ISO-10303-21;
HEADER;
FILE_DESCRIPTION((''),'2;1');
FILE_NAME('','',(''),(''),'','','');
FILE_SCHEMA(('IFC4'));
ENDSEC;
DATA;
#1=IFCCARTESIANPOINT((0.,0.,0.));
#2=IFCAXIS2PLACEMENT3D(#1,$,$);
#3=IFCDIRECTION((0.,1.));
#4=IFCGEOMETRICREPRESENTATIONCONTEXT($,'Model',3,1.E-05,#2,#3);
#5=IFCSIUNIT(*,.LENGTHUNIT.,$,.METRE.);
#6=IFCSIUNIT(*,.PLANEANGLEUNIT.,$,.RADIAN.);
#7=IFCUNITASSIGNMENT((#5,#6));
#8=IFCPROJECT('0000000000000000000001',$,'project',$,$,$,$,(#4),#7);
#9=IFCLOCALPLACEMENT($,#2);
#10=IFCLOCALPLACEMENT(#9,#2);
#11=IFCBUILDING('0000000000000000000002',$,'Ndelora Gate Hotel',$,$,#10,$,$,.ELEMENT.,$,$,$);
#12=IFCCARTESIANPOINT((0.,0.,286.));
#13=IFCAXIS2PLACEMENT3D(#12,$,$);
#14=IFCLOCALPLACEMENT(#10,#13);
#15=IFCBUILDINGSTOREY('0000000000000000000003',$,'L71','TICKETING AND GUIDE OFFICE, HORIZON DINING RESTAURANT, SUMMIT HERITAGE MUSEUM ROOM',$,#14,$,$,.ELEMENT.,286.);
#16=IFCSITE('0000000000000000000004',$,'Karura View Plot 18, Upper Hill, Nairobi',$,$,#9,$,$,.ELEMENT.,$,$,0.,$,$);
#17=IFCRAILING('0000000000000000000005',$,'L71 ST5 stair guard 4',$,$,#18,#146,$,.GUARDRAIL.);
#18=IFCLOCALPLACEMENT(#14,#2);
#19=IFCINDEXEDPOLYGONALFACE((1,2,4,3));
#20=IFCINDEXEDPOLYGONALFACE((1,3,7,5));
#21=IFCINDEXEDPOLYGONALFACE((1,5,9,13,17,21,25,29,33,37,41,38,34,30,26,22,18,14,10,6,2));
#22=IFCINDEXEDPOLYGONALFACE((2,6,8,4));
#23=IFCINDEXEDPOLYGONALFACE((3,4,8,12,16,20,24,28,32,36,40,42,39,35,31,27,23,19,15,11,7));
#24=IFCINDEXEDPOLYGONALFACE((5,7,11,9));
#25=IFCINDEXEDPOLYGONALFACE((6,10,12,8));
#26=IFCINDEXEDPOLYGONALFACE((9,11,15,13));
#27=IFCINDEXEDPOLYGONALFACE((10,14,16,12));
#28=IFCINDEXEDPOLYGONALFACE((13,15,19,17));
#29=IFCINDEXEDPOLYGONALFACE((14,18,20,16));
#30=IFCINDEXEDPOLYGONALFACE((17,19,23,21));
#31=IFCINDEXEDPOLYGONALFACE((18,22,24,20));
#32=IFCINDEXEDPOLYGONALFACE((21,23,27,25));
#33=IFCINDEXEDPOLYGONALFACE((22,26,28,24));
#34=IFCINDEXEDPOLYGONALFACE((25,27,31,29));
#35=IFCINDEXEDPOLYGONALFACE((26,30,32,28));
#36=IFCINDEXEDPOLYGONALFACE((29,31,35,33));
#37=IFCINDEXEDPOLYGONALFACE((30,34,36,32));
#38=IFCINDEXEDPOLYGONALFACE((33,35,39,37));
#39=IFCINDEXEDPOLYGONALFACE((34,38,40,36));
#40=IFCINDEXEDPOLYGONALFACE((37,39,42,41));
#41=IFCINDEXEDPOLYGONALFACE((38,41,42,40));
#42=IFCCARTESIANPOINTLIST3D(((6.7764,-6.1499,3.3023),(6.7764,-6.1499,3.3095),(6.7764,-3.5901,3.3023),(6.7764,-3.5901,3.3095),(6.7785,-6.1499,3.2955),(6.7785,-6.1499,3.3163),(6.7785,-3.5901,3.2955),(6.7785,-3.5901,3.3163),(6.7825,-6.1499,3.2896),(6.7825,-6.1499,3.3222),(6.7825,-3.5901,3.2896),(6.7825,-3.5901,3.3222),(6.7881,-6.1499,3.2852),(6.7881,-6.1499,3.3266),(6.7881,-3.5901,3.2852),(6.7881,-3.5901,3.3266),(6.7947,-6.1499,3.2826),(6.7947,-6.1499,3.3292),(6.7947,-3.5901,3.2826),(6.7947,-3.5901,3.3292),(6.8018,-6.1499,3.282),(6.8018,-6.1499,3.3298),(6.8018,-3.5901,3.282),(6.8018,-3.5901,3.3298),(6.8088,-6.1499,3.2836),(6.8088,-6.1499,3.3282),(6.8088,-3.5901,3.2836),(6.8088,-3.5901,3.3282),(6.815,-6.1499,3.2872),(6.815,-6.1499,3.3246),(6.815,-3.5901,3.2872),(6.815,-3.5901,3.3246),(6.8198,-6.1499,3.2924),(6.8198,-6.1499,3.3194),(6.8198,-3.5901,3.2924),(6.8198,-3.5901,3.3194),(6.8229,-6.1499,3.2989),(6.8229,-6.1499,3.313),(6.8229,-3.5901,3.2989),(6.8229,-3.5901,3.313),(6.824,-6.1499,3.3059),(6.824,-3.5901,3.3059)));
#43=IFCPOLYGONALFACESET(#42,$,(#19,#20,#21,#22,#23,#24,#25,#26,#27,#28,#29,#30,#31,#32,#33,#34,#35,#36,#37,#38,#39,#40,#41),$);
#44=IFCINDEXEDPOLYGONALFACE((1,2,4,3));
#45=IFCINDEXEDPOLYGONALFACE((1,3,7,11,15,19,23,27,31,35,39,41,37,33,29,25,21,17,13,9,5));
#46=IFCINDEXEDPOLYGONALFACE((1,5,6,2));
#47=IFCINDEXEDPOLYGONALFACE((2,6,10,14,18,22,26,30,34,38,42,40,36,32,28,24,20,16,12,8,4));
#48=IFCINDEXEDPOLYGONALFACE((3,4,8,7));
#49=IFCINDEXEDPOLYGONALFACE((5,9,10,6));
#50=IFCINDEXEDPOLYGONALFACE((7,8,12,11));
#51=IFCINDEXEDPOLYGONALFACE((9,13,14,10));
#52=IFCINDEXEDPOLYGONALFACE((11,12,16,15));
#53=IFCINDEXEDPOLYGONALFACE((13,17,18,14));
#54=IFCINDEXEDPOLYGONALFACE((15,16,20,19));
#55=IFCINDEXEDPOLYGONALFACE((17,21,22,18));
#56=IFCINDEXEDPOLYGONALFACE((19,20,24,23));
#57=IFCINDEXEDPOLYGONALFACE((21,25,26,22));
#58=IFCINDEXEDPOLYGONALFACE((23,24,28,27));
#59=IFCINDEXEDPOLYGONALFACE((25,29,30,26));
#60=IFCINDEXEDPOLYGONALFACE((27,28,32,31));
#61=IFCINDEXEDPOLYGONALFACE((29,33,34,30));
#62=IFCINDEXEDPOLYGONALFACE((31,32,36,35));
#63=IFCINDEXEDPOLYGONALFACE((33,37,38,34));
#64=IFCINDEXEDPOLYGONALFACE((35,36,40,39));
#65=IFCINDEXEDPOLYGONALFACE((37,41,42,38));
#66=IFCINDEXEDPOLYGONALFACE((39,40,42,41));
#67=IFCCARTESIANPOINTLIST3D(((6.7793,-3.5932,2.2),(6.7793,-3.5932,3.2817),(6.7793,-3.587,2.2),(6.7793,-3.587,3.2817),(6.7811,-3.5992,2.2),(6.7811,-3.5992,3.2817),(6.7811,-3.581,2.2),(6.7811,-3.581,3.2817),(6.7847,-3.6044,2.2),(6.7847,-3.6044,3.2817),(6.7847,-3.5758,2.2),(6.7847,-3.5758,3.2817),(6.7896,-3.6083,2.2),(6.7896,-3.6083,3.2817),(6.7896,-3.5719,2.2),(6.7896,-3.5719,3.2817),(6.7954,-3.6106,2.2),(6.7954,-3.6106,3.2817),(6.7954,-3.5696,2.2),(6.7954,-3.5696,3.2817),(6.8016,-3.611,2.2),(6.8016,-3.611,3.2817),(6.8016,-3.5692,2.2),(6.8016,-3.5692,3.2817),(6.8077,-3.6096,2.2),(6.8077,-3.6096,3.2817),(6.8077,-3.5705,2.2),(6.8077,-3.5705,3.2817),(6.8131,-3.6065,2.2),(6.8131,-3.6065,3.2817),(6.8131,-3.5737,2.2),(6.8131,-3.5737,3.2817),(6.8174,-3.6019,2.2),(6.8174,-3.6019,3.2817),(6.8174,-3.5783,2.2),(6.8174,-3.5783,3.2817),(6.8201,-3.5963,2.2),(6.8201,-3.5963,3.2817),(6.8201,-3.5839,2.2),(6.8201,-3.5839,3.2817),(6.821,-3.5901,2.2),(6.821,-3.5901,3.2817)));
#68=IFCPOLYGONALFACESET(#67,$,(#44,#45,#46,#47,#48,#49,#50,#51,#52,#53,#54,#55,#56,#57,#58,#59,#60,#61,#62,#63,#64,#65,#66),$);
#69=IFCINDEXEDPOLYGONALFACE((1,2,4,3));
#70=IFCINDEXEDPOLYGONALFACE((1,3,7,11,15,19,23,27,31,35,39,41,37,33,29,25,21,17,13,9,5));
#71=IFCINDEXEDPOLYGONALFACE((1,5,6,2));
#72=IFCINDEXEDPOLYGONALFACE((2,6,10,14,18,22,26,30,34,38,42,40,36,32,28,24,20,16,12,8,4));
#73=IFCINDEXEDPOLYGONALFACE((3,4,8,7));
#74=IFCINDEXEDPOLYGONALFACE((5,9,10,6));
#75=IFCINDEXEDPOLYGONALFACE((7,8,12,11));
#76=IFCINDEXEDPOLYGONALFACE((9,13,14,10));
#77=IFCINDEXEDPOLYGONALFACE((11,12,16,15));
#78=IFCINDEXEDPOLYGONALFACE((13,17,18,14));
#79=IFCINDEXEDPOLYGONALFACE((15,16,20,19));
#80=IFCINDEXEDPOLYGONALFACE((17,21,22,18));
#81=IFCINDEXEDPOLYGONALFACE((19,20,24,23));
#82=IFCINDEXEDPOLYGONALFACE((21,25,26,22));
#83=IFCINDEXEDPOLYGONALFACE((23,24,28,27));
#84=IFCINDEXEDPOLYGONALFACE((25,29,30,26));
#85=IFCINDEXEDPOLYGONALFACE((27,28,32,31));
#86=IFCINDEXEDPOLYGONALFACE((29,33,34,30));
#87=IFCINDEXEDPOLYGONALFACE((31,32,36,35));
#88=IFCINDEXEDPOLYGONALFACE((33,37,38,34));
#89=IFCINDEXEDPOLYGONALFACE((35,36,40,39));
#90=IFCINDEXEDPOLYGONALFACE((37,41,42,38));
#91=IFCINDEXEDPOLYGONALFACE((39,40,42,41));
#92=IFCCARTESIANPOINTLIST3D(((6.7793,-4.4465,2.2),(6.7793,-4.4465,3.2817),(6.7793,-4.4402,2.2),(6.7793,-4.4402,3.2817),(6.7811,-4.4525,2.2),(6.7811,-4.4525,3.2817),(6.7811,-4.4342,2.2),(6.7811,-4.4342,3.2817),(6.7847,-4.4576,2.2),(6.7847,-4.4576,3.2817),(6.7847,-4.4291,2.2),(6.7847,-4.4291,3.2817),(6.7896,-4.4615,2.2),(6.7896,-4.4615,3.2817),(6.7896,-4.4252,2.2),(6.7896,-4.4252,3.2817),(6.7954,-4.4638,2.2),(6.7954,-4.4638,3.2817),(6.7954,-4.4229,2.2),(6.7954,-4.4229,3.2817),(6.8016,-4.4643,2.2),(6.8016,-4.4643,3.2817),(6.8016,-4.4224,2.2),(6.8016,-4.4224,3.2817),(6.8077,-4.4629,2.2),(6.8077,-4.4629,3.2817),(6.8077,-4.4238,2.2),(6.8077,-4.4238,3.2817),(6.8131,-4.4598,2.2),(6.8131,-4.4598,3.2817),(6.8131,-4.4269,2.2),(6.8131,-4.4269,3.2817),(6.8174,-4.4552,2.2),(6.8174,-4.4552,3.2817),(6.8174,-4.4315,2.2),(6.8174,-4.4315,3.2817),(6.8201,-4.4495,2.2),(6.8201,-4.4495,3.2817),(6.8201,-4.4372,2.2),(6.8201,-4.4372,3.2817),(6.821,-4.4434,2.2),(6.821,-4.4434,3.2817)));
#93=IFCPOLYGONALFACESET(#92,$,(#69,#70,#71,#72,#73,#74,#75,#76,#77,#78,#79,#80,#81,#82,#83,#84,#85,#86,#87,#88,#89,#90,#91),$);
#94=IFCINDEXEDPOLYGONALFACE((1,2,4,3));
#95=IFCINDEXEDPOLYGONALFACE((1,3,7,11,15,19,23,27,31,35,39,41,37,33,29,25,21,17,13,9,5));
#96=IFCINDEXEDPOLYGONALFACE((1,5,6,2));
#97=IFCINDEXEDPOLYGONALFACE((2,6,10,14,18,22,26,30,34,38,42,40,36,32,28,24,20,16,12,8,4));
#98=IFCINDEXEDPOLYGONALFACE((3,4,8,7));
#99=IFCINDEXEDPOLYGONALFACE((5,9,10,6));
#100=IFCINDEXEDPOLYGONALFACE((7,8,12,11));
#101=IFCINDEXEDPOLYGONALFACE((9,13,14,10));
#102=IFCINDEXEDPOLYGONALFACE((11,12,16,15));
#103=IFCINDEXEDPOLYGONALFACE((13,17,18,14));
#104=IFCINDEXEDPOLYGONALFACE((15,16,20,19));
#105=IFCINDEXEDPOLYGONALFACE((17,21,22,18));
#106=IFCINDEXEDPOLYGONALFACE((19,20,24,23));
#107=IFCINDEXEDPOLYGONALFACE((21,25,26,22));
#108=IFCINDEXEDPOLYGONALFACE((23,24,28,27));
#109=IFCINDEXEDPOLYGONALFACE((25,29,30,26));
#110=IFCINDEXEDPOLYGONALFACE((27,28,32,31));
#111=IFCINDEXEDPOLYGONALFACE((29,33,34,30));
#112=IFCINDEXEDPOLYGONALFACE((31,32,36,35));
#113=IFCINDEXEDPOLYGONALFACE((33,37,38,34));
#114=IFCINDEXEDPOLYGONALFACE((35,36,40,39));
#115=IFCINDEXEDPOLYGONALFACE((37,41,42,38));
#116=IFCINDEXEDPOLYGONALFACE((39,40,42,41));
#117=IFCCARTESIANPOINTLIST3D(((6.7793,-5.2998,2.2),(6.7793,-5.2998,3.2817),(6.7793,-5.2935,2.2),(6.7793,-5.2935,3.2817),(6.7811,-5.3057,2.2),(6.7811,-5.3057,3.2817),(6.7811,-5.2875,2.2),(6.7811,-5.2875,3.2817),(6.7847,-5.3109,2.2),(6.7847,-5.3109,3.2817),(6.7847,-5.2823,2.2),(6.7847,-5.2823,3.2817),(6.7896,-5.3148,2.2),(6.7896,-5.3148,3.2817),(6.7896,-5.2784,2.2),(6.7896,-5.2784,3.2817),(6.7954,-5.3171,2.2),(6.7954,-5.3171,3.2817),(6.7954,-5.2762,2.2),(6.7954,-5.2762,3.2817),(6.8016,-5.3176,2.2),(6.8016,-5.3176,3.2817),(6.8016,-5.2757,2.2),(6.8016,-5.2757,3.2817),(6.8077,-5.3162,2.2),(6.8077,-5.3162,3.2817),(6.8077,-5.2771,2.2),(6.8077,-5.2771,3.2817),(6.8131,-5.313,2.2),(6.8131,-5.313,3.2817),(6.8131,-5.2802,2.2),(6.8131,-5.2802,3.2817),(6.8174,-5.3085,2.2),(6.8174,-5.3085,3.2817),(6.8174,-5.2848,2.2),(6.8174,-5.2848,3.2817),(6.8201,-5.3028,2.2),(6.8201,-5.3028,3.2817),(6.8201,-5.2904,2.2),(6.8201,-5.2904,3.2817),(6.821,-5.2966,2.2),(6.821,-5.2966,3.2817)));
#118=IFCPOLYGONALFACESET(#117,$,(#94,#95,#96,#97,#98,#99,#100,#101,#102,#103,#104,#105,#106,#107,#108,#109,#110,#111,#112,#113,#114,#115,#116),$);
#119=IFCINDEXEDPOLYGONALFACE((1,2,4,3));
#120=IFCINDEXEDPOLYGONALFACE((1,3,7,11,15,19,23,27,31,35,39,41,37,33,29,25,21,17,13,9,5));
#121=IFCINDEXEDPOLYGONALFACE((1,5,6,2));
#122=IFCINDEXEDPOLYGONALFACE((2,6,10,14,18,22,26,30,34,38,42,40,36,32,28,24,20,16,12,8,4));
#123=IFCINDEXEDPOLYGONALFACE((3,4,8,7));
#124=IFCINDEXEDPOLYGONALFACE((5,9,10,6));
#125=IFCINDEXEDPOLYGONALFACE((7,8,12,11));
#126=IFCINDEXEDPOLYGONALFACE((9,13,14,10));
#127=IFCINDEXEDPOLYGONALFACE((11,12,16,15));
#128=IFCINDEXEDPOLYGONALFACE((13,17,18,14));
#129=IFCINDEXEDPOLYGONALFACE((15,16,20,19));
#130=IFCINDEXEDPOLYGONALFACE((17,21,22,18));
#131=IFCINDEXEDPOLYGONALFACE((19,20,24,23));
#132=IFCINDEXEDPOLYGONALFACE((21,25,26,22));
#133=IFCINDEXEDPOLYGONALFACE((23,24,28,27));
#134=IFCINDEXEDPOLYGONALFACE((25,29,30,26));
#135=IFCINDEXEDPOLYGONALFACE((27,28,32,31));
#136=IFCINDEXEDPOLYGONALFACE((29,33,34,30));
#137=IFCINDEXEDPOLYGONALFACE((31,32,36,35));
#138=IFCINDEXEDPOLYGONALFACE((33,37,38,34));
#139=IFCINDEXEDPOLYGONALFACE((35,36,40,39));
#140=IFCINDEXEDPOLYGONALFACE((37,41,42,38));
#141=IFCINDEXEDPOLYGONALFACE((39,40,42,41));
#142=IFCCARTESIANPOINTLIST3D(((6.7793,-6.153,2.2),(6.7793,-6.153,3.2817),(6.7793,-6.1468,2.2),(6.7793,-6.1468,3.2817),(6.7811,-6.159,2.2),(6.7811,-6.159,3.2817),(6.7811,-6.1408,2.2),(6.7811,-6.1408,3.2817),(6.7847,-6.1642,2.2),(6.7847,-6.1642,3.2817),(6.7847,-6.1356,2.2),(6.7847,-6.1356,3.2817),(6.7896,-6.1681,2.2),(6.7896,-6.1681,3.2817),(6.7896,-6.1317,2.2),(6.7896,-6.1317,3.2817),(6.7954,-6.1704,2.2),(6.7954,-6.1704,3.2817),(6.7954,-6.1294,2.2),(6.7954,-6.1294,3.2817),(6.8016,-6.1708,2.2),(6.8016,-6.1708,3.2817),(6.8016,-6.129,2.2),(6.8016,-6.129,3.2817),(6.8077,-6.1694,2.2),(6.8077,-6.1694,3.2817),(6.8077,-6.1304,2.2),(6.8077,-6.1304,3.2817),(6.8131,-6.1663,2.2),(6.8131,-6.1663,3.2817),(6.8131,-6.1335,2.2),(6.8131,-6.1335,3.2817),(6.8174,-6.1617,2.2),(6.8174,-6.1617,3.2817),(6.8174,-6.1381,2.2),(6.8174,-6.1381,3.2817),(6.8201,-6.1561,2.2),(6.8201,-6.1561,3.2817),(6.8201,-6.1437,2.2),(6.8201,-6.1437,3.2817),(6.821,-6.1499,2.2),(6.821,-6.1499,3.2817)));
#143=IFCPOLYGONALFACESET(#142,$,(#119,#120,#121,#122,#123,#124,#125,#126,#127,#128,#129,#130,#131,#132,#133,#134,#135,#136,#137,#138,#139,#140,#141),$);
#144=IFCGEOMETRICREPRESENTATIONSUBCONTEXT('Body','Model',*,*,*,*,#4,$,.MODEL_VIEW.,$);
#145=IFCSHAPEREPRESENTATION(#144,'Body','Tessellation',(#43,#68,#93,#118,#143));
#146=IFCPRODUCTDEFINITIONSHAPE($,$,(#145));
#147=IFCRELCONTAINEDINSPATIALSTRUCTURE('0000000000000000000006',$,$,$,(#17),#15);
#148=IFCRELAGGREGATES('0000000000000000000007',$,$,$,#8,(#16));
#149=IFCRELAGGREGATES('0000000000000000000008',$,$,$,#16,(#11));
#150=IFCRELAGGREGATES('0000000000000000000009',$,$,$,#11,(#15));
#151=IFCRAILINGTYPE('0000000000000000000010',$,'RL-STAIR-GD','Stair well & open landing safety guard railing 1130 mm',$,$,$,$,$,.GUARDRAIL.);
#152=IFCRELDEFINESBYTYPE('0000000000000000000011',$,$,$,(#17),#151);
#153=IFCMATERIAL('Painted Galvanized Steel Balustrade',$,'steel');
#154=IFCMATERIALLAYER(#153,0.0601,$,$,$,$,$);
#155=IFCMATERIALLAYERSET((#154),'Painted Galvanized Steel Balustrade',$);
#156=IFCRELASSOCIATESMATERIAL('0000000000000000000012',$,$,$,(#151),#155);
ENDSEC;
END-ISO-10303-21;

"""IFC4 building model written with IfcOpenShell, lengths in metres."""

from ifc_helpers import new_model, si_unit, direction, frame, origin, origin_2d, place, context, subcontext, project, spatial, circle, extrude, material, layer, layer_set, type_object, element, save


model = new_model("IFC4")

# Units and contexts
model_context = context("Model", 3, precision=1e-05, world=origin(), true_north=direction((0.0, 1.0)))
body_context = subcontext(model_context, "Body", "Model", "MODEL_VIEW")
ifc_project = project(units=[si_unit("LENGTHUNIT", "METRE"), si_unit("PLANEANGLEUNIT", "RADIAN")], contexts=[model_context])

# Site, building, storey
site_placement = place(None, origin())
site = spatial("IfcSite", under=ifc_project, at=site_placement, Name="Karura View Plot 18, Upper Hill, Nairobi", CompositionType="ELEMENT", RefElevation=0.0)
building_placement = place(site_placement, origin())
building = spatial("IfcBuilding", under=site, at=building_placement, Name="Ndelora Gate Hotel", CompositionType="ELEMENT")
storey_placement = place(building_placement, frame((0.0, 0.0, 286.0)))
storey = spatial("IfcBuildingStorey", under=building, at=storey_placement, Name="L71", Description="TICKETING AND GUIDE OFFICE, HORIZON DINING RESTAURANT, SUMMIT HERITAGE MUSEUM ROOM", CompositionType="ELEMENT", Elevation=286.0)

# Railing
ifc_material_1 = material(Name="Painted Galvanized Steel Balustrade", Category="steel")
ifc_layer_1 = layer(ifc_material_1, 0.0601)
ifc_layer_set_1 = layer_set([ifc_layer_1], Name="Painted Galvanized Steel Balustrade")
railing_type_1 = type_object("IfcRailingType", Name="RL-STAIR-GD", Description="Stair well & open landing safety guard railing 1130 mm", PredefinedType="GUARDRAIL", material=ifc_layer_set_1)
for number, where, name in (
    (1, (6.8, -3.5901, 2.2), "L71 ST5 stair guard 4"),
):
    element("IfcRailing", number, at=place(storey_placement, frame(where)), inside=storey, type_object=railing_type_1, Name=name, PredefinedType="GUARDRAIL", context=body_context, shape_type="SweptSolid", body=[
        extrude(circle(Radius=0.0239, at=origin_2d()), frame((0.0, 0.0, 1.106), z_axis=(0.0, -1.0, 0.0), x_axis=(1.0, 0.0, 0.0)), (0.0, 0.0, 1.0), 2.5598),
        extrude(circle(Radius=0.021, at=origin_2d()), origin(), (0.0, 0.0, 1.0), 1.0818),
        extrude(circle(Radius=0.021, at=origin_2d()), frame((0.0, -0.8533, 0.0)), (0.0, 0.0, 1.0), 1.0818),
        extrude(circle(Radius=0.021, at=origin_2d()), frame((0.0, -1.7065, 0.0)), (0.0, 0.0, 1.0), 1.0818),
        extrude(circle(Radius=0.021, at=origin_2d()), frame((0.0, -2.5598, 0.0)), (0.0, 0.0, 1.0), 1.0818),
    ])

save(model, "model.ifc")
